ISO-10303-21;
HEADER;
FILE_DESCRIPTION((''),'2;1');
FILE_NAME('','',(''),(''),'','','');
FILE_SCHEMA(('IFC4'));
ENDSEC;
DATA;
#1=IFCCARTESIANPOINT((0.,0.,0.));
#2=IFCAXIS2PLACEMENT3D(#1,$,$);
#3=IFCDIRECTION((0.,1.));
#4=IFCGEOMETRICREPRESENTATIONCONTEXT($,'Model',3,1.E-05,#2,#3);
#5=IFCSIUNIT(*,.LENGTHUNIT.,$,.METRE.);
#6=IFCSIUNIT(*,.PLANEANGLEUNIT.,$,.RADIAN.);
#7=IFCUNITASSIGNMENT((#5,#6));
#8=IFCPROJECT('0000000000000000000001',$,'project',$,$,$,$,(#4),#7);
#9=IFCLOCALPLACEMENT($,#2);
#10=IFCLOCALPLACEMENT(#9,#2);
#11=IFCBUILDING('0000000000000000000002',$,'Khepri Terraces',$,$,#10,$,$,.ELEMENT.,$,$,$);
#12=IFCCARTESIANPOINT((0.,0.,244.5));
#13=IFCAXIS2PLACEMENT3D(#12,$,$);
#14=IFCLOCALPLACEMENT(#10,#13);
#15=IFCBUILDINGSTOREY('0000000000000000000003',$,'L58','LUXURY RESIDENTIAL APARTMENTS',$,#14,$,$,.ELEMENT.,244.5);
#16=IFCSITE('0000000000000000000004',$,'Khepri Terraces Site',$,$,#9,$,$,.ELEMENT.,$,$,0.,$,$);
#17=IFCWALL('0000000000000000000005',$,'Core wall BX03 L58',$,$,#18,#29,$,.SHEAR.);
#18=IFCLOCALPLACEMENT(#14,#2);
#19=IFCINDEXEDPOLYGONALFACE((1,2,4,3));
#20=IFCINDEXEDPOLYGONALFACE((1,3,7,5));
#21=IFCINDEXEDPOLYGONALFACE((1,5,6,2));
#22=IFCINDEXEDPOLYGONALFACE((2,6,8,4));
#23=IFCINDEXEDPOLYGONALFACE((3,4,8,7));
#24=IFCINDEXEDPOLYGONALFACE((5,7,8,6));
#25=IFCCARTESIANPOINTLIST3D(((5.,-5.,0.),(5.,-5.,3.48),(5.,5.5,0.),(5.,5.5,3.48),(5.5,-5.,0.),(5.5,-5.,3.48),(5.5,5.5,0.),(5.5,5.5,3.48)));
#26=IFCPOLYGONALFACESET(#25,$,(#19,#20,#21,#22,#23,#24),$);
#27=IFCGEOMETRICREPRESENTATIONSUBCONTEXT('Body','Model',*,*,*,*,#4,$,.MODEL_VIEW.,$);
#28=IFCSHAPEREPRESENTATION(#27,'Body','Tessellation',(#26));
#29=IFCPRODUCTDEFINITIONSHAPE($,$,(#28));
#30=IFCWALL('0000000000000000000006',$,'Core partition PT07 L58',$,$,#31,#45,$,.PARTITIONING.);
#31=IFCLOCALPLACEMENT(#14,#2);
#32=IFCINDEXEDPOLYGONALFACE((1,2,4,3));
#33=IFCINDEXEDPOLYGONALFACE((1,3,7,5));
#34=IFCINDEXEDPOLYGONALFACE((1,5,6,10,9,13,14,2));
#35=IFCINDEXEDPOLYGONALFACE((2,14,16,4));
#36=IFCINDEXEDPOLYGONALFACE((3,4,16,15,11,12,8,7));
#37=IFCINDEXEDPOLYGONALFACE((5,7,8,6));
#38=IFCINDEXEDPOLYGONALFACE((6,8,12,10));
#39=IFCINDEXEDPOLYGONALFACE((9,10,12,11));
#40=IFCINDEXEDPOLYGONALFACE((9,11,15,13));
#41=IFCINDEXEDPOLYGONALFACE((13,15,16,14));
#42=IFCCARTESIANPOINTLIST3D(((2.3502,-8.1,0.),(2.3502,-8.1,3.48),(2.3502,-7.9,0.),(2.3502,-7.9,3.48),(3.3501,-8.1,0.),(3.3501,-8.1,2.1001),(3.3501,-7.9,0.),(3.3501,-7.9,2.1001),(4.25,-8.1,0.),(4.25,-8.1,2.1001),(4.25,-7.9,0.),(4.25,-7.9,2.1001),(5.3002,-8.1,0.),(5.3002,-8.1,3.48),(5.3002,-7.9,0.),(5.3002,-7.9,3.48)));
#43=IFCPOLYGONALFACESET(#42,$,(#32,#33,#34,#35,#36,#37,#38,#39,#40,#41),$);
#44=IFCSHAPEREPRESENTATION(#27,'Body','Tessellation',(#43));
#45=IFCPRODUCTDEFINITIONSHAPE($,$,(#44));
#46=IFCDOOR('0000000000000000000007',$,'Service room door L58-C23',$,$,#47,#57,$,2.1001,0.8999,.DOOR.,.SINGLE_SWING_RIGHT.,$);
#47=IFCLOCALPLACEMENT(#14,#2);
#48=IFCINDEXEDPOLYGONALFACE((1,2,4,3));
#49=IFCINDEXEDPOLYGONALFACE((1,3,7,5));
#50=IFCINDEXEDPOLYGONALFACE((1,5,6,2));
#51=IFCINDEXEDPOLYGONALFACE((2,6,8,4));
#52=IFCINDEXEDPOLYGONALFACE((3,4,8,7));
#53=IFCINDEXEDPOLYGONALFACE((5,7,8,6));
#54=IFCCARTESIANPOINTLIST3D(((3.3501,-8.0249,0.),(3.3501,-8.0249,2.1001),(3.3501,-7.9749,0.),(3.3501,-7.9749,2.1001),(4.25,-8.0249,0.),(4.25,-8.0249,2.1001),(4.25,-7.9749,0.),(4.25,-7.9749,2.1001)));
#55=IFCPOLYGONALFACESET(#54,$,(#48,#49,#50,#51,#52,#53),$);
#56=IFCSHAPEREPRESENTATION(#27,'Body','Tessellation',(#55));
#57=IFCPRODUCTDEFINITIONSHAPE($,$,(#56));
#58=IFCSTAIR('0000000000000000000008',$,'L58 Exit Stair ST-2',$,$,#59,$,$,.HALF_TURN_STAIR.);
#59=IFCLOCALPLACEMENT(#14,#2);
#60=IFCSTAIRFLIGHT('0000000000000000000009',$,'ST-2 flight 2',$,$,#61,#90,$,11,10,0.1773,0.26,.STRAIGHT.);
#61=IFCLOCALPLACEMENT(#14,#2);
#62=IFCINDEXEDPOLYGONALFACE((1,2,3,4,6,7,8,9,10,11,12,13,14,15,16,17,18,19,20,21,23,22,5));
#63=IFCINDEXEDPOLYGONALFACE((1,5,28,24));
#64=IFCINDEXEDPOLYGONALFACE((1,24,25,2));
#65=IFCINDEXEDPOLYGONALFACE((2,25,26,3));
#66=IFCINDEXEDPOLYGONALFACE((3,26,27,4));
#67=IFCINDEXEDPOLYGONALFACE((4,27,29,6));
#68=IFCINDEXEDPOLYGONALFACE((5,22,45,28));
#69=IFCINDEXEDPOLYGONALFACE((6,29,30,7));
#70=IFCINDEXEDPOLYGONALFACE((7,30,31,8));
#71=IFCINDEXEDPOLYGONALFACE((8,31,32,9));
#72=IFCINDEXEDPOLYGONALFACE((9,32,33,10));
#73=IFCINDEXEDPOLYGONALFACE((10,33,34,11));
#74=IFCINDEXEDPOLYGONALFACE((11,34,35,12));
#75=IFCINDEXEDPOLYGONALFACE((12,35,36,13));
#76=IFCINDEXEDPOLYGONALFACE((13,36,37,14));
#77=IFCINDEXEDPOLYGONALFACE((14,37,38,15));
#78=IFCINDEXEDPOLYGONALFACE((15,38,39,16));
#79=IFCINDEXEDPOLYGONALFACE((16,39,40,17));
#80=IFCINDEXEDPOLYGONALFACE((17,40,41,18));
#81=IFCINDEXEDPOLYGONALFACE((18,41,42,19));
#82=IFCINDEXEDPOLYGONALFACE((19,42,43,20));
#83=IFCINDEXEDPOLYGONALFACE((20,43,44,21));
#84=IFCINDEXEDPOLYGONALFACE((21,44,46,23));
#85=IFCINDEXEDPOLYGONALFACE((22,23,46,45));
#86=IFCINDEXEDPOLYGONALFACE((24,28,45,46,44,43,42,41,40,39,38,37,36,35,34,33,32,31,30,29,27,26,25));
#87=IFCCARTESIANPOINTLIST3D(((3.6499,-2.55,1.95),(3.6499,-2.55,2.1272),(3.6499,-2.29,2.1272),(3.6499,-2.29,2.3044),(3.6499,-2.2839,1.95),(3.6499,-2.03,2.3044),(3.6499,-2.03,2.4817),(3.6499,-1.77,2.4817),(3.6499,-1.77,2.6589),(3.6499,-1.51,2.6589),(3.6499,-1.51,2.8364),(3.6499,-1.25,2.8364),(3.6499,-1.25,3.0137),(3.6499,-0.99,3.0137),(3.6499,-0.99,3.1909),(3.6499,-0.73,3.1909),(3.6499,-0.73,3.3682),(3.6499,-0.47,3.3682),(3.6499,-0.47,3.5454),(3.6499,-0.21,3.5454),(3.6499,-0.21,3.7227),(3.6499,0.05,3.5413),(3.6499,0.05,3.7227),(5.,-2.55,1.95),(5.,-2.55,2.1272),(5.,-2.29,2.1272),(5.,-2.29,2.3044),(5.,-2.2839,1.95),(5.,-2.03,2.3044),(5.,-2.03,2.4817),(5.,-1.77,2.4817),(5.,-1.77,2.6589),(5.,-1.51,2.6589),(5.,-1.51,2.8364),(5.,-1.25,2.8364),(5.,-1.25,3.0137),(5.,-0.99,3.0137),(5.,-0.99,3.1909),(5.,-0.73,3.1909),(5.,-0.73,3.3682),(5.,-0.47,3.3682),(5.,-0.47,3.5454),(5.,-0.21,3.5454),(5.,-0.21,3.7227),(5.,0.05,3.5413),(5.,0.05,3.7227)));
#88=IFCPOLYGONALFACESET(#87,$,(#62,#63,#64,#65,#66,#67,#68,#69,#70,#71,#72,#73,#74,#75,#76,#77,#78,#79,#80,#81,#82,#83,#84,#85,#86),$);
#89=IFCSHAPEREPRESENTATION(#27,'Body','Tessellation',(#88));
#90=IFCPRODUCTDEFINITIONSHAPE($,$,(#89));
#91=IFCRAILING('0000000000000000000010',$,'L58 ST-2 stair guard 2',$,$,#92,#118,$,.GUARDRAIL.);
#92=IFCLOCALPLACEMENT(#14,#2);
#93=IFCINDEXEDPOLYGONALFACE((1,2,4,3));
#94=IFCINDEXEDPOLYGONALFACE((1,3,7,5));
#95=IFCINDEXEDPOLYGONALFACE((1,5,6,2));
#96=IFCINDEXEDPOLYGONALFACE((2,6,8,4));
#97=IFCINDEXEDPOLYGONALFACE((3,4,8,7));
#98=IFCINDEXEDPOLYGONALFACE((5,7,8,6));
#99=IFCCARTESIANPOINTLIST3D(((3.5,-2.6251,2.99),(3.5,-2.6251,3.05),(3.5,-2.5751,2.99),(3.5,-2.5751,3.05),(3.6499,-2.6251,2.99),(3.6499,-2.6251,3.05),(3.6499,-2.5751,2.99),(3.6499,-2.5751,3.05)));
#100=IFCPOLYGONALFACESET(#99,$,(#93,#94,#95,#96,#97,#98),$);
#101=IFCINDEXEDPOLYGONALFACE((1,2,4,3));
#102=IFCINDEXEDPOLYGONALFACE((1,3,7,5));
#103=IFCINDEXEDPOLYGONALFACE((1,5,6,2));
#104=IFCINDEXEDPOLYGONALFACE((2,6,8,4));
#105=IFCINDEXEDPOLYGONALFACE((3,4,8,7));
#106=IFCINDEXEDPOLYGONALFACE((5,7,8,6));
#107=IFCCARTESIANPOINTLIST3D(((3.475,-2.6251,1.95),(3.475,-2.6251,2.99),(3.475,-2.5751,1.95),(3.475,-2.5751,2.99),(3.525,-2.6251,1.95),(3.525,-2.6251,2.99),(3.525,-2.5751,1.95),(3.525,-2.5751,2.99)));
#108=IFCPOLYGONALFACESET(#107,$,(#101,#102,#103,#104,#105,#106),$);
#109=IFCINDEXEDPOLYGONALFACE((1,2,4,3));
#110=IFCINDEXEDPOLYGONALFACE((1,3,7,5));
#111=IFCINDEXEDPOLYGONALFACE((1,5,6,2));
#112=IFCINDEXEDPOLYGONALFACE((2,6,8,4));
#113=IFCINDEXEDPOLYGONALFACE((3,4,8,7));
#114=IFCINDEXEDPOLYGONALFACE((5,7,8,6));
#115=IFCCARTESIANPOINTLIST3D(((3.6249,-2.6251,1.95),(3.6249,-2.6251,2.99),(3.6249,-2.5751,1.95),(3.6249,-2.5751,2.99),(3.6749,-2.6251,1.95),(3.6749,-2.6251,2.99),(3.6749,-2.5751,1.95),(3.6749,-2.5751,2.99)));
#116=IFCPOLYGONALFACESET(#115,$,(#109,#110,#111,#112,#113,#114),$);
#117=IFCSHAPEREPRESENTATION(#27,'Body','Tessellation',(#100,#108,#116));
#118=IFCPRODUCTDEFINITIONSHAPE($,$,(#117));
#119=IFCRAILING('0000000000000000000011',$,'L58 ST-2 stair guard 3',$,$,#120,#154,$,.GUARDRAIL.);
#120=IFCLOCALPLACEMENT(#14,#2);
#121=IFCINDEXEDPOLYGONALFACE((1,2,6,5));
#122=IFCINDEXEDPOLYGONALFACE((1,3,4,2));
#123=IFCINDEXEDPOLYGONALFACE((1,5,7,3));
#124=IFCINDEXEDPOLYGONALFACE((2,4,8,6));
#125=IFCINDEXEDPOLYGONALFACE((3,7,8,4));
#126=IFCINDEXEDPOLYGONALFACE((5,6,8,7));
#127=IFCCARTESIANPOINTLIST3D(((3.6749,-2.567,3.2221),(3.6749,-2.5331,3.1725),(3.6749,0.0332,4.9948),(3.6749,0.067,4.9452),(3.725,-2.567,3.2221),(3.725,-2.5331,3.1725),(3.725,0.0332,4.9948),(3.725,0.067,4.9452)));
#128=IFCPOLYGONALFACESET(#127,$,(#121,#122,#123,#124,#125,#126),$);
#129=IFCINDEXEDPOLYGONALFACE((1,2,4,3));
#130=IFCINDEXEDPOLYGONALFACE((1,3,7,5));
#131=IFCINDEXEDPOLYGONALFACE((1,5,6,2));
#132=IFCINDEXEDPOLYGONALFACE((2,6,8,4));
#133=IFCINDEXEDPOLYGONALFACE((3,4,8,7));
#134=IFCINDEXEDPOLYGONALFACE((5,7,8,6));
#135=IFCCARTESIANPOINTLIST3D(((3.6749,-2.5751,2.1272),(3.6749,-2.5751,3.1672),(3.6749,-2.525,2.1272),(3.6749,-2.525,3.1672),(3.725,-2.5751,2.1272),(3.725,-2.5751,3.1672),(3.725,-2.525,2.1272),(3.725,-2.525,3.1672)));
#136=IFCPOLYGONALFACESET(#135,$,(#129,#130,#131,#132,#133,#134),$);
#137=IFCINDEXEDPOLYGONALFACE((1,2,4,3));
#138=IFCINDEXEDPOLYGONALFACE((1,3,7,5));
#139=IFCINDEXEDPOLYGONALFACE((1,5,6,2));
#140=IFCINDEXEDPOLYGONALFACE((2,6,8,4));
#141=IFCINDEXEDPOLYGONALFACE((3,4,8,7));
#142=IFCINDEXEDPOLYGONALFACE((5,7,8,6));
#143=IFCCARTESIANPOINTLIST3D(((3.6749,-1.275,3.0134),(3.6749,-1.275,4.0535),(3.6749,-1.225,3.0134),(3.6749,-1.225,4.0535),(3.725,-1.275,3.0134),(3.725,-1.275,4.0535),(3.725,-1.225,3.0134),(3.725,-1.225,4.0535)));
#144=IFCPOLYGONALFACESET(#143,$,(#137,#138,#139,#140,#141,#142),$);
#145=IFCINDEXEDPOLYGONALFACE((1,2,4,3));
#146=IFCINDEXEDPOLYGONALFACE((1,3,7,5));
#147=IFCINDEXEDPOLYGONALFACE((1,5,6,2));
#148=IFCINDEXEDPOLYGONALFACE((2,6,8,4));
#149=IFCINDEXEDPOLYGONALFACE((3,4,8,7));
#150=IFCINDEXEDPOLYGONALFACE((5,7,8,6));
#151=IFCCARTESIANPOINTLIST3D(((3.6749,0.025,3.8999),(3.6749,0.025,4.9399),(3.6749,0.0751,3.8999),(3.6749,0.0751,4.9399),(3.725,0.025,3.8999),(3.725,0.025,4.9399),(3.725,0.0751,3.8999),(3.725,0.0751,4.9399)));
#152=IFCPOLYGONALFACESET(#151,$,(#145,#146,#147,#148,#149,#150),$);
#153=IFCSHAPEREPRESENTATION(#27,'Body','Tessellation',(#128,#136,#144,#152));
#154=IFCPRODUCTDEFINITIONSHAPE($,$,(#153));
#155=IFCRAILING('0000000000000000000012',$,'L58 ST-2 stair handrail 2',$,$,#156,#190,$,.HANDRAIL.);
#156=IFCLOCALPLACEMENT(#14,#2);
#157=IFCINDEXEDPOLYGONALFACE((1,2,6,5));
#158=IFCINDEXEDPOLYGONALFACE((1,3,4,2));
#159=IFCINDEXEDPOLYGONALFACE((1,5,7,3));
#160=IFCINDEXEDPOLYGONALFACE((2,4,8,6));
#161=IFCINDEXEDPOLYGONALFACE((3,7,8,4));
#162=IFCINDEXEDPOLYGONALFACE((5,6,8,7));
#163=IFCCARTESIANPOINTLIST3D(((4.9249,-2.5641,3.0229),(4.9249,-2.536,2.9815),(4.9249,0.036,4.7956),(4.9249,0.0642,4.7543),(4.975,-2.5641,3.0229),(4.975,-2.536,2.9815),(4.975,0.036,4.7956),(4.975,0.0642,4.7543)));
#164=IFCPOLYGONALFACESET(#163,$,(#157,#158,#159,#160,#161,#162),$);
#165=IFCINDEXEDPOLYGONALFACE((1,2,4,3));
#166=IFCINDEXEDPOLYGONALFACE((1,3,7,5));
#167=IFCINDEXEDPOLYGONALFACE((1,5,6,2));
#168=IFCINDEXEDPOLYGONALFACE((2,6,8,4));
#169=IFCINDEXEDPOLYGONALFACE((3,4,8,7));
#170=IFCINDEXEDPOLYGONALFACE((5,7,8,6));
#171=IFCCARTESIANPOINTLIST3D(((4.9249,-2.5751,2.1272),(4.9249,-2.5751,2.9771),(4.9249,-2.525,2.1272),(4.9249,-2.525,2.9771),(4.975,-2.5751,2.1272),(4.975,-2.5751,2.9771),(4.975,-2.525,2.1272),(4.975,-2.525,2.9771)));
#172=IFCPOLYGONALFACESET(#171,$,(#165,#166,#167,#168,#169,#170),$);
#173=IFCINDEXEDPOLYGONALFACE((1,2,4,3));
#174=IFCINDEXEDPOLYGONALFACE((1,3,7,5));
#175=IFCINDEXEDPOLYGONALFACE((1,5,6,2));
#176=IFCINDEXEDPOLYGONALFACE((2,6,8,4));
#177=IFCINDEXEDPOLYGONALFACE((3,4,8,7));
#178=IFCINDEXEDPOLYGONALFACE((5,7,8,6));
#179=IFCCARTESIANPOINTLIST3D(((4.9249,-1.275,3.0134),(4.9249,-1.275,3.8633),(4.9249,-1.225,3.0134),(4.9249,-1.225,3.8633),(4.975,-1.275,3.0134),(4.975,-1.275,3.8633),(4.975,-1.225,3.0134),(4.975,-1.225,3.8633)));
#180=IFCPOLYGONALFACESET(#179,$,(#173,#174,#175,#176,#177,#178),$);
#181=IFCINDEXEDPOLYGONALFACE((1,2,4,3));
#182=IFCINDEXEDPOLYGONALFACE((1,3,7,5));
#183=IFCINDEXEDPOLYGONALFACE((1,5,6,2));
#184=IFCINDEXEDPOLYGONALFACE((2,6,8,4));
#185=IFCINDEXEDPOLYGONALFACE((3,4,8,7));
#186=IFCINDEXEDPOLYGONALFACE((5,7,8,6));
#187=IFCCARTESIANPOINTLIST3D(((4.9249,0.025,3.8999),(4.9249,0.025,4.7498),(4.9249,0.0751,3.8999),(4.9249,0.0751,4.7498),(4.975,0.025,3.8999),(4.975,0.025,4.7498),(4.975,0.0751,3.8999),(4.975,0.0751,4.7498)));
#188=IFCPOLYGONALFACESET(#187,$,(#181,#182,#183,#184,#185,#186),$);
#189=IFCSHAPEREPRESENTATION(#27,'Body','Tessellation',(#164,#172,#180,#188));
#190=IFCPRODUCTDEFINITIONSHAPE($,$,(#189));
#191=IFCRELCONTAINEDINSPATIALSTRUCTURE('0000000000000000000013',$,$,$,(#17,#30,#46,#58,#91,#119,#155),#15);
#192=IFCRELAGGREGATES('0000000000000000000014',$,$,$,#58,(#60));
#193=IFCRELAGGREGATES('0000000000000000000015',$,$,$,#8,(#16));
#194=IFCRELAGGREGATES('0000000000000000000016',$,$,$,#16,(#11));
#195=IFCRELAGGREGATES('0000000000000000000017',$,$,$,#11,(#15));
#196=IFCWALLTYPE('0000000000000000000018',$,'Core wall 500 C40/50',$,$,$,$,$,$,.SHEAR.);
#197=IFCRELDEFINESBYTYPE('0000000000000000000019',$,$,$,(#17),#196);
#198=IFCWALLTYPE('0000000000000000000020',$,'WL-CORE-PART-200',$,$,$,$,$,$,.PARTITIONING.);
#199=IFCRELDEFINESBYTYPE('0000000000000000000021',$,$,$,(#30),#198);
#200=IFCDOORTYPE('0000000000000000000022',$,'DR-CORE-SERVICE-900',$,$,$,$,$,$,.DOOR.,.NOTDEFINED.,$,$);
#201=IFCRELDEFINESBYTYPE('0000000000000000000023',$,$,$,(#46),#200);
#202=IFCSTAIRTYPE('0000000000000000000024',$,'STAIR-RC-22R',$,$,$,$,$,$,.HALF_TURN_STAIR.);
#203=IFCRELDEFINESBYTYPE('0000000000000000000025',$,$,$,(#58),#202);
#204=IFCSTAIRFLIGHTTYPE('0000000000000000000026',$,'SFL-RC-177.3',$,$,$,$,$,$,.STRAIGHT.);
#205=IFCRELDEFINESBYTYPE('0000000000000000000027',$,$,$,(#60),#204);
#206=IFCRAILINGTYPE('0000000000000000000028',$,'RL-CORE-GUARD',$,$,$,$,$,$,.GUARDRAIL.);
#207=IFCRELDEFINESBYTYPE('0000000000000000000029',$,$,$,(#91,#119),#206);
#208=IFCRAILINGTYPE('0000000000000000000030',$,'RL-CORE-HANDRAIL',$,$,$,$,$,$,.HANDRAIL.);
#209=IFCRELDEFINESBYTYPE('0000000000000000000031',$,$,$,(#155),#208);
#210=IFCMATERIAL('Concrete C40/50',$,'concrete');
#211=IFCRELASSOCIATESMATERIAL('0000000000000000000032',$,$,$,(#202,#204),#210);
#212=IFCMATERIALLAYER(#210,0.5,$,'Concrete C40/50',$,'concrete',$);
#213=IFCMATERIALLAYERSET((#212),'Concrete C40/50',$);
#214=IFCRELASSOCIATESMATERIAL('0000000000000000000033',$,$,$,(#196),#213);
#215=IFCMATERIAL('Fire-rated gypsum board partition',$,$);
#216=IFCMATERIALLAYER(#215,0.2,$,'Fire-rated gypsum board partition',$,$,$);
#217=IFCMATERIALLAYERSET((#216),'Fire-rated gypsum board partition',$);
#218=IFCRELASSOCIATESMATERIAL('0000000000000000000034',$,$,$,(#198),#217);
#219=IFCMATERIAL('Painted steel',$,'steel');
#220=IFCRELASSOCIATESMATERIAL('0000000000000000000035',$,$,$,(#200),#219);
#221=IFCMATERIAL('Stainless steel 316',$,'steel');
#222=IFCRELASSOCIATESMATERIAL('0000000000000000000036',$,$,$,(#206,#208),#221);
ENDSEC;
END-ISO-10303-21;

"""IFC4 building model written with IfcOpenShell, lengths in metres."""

from ifc_helpers import new_model, si_unit, direction, frame, frame_2d, origin, origin_2d, place, context, subcontext, project, spatial, polyline, rectangle, outline, extrude, material, layer, layer_set, type_object, element, fill, aggregate, save


model = new_model("IFC4")

# Units and contexts
model_context = context("Model", 3, precision=1e-05, world=origin(), true_north=direction((0.0, 1.0)))
body_context = subcontext(model_context, "Body", "Model", "MODEL_VIEW")
ifc_project = project(units=[si_unit("LENGTHUNIT", "METRE"), si_unit("PLANEANGLEUNIT", "RADIAN")], contexts=[model_context])

# Site, building, storey
site_placement = place(None, origin())
site = spatial("IfcSite", under=ifc_project, at=site_placement, Name="Khepri Terraces Site", CompositionType="ELEMENT", RefElevation=0.0)
building_placement = place(site_placement, origin())
building = spatial("IfcBuilding", under=site, at=building_placement, Name="Khepri Terraces", CompositionType="ELEMENT")
storey_placement = place(building_placement, frame((0.0, 0.0, 244.5)))
storey = spatial("IfcBuildingStorey", under=building, at=storey_placement, Name="L58", Description="LUXURY RESIDENTIAL APARTMENTS", CompositionType="ELEMENT", Elevation=244.5)

# Shared definitions
ifc_material_1 = material(Name="Concrete C40/50", Category="concrete")
stair_type = type_object("IfcStairType", Name="STAIR-RC-22R", PredefinedType="HALF_TURN_STAIR", material=ifc_material_1)

# Shared definitions
ifc_material_2 = material(Name="Painted steel", Category="steel")

# Wall
ifc_layer_1 = layer(ifc_material_1, 0.5, Name="Concrete C40/50", Category="concrete")
ifc_layer_set_1 = layer_set([ifc_layer_1], Name="Concrete C40/50")
wall_type_1 = type_object("IfcWallType", Name="Core wall 500 C40/50", PredefinedType="SHEAR", material=ifc_layer_set_1)
wall_1_placement = place(storey_placement, frame((5.25, -5.0, 0.0), z_axis=(0.0, 0.0, 1.0), x_axis=(0.0, 1.0, 0.0)))
element("IfcWall", 1, at=wall_1_placement, inside=storey, type_object=wall_type_1, Name="Core wall BX03 L58", PredefinedType="SHEAR", context=body_context, shape_type="SweptSolid", body=[
    extrude(rectangle(XDim=10.5, YDim=0.5, at=frame_2d((5.25, 0.0))), origin(), (0.0, 0.0, 1.0), 3.48),
])

# Wall, opening, door
ifc_material_3 = material(Name="Fire-rated gypsum board partition")
ifc_layer_2 = layer(ifc_material_3, 0.2, Name="Fire-rated gypsum board partition")
ifc_layer_set_2 = layer_set([ifc_layer_2], Name="Fire-rated gypsum board partition")
wall_type_2 = type_object("IfcWallType", Name="WL-CORE-PART-200", PredefinedType="PARTITIONING", material=ifc_layer_set_2)
wall_2_placement = place(storey_placement, frame((2.3501, -8.0, 0.0), z_axis=(0.0, 0.0, 1.0), x_axis=(1.0, 0.0, 0.0)))
wall_2 = element("IfcWall", 2, at=wall_2_placement, inside=storey, type_object=wall_type_2, Name="Core partition PT07 L58", PredefinedType="PARTITIONING", context=body_context, shape_type="SweptSolid", body=[
    extrude(rectangle(XDim=2.95, YDim=0.2, at=frame_2d((1.4751, 0.0))), origin(), (0.0, 0.0, 1.0), 3.48),
])
opening_1_placement = place(wall_2_placement, frame((1.0, 0.0, 0.0)))
opening_1 = element("IfcOpeningElement", 3, at=opening_1_placement, cuts=wall_2, PredefinedType="OPENING", context=body_context, shape_type="SweptSolid", body=[
    extrude(rectangle(XDim=0.8999, YDim=2.1001, at=frame_2d((0.45, 1.05))), frame((0.0, 0.1099, 0.0), z_axis=(0.0, -1.0, 0.0), x_axis=(1.0, 0.0, 0.0)), (0.0, 0.0, 1.0), 0.22),
])
door_type_1 = type_object("IfcDoorType", Name="DR-CORE-SERVICE-900", OperationType="NOTDEFINED", PredefinedType="DOOR", material=ifc_material_2)
door_1_placement = place(opening_1_placement, frame((0.8999, 0.0, 0.0), z_axis=(0.0, 0.0, 1.0), x_axis=(-1.0, 0.0, 0.0)))
door_1 = element("IfcDoor", 4, at=door_1_placement, inside=storey, type_object=door_type_1, Name="Service room door L58-C23", OperationType="SINGLE_SWING_RIGHT", OverallHeight=2.1001, OverallWidth=0.8999, PredefinedType="DOOR", context=body_context, shape_type="SweptSolid", body=[
    extrude(rectangle(XDim=0.8999, YDim=2.1001, at=frame_2d((0.45, 1.05))), frame((0.0, 0.0249, 0.0), z_axis=(0.0, -1.0, 0.0), x_axis=(1.0, 0.0, 0.0)), (0.0, 0.0, 1.0), 0.05),
])
fill(opening_1, door_1)

# Stair, stair flight
stair_1_placement = place(storey_placement, origin())
stair_1 = element("IfcStair", 5, at=stair_1_placement, inside=storey, type_object=stair_type, Name="L58 Exit Stair ST-2", PredefinedType="HALF_TURN_STAIR")
stair_flight_type = type_object("IfcStairFlightType", Name="SFL-RC-177.3", PredefinedType="STRAIGHT", material=ifc_material_1)
stair_flight_placement = place(storey_placement, frame((4.325, -2.55, 1.95), z_axis=(0.0, 0.0, 1.0), x_axis=(0.0, 1.0, 0.0)))
stair_flight = element("IfcStairFlight", 6, at=stair_flight_placement, type_object=stair_flight_type, Name="ST-2 flight 2", NumberOfRisers=11, NumberOfTreads=10, PredefinedType="STRAIGHT", RiserHeight=0.1773, TreadLength=0.26, context=body_context, shape_type="SweptSolid", body=[
    extrude(outline(polyline([(0.0, 0.0), (0.0, 0.1772), (0.26, 0.1772), (0.26, 0.3545), (0.52, 0.3545), (0.52, 0.5317), (0.78, 0.5317), (0.78, 0.709), (1.04, 0.709), (1.04, 0.8865), (1.3, 0.8865), (1.3, 1.0637), (1.5601, 1.0637), (1.5601, 1.241), (1.8201, 1.241), (1.8201, 1.4182), (2.0801, 1.4182), (2.0801, 1.5955), (2.3401, 1.5955), (2.3401, 1.7727), (2.6001, 1.7727), (2.6001, 1.95), (2.6001, 1.5913), (0.2661, 0.0), (0.0, 0.0)])), frame((0.0, 0.675, 0.0), z_axis=(0.0, -1.0, 0.0), x_axis=(1.0, 0.0, 0.0)), (0.0, 0.0, 1.0), 1.3501),
])
aggregate(stair_1, [stair_flight])

# Railings
ifc_material_4 = material(Name="Stainless steel 316", Category="steel")
railing_type_1 = type_object("IfcRailingType", Name="RL-CORE-GUARD", PredefinedType="GUARDRAIL", material=ifc_material_4)
railing_1_placement = place(storey_placement, frame((3.5, -2.6001, 1.95)))
element("IfcRailing", 7, at=railing_1_placement, inside=storey, type_object=railing_type_1, Name="L58 ST-2 stair guard 2", PredefinedType="GUARDRAIL", context=body_context, shape_type="SweptSolid", body=[
    extrude(rectangle(XDim=0.05, YDim=0.0601, at=origin_2d()), frame((0.0, 0.0, 1.0701), z_axis=(1.0, 0.0, 0.0), x_axis=(0.0, 1.0, 0.0)), (0.0, 0.0, 1.0), 0.1499),
    extrude(rectangle(XDim=0.05, YDim=0.05, at=origin_2d()), origin(), (0.0, 0.0, 1.0), 1.04),
    extrude(rectangle(XDim=0.05, YDim=0.05, at=origin_2d()), frame((0.1499, 0.0, 0.0)), (0.0, 0.0, 1.0), 1.04),
])
railing_2_placement = place(storey_placement, frame((3.7, -2.55, 2.1272)))
element("IfcRailing", 8, at=railing_2_placement, inside=storey, type_object=railing_type_1, Name="L58 ST-2 stair guard 3", PredefinedType="GUARDRAIL", context=body_context, shape_type="SweptSolid", body=[
    extrude(rectangle(XDim=0.05, YDim=0.0601, at=origin_2d()), frame((0.0, 0.0, 1.0701), z_axis=(0.0, 0.82624, 0.563318), x_axis=(-1.0, 0.0, 0.0)), (0.0, 0.0, 1.0), 3.147),
    extrude(rectangle(XDim=0.05, YDim=0.05, at=origin_2d()), origin(), (0.0, 0.0, 1.0), 1.04),
    extrude(rectangle(XDim=0.05, YDim=0.05, at=origin_2d()), frame((0.0, 1.3, 0.8862)), (0.0, 0.0, 1.0), 1.04),
    extrude(rectangle(XDim=0.05, YDim=0.05, at=origin_2d()), frame((0.0, 2.6001, 1.7727)), (0.0, 0.0, 1.0), 1.04),
])
railing_type_2 = type_object("IfcRailingType", Name="RL-CORE-HANDRAIL", PredefinedType="HANDRAIL", material=ifc_material_4)
railing_3_placement = place(storey_placement, frame((4.95, -2.55, 2.1272)))
element("IfcRailing", 9, at=railing_3_placement, inside=storey, type_object=railing_type_2, Name="L58 ST-2 stair handrail 2", PredefinedType="HANDRAIL", context=body_context, shape_type="SweptSolid", body=[
    extrude(rectangle(XDim=0.05, YDim=0.05, at=origin_2d()), frame((0.0, 0.0, 0.875), z_axis=(0.0, 0.82624, 0.563318), x_axis=(-1.0, 0.0, 0.0)), (0.0, 0.0, 1.0), 3.147),
    extrude(rectangle(XDim=0.05, YDim=0.05, at=origin_2d()), origin(), (0.0, 0.0, 1.0), 0.8499),
    extrude(rectangle(XDim=0.05, YDim=0.05, at=origin_2d()), frame((0.0, 1.3, 0.8862)), (0.0, 0.0, 1.0), 0.8499),
    extrude(rectangle(XDim=0.05, YDim=0.05, at=origin_2d()), frame((0.0, 2.6001, 1.7727)), (0.0, 0.0, 1.0), 0.8499),
])

save(model, "model.ifc")
